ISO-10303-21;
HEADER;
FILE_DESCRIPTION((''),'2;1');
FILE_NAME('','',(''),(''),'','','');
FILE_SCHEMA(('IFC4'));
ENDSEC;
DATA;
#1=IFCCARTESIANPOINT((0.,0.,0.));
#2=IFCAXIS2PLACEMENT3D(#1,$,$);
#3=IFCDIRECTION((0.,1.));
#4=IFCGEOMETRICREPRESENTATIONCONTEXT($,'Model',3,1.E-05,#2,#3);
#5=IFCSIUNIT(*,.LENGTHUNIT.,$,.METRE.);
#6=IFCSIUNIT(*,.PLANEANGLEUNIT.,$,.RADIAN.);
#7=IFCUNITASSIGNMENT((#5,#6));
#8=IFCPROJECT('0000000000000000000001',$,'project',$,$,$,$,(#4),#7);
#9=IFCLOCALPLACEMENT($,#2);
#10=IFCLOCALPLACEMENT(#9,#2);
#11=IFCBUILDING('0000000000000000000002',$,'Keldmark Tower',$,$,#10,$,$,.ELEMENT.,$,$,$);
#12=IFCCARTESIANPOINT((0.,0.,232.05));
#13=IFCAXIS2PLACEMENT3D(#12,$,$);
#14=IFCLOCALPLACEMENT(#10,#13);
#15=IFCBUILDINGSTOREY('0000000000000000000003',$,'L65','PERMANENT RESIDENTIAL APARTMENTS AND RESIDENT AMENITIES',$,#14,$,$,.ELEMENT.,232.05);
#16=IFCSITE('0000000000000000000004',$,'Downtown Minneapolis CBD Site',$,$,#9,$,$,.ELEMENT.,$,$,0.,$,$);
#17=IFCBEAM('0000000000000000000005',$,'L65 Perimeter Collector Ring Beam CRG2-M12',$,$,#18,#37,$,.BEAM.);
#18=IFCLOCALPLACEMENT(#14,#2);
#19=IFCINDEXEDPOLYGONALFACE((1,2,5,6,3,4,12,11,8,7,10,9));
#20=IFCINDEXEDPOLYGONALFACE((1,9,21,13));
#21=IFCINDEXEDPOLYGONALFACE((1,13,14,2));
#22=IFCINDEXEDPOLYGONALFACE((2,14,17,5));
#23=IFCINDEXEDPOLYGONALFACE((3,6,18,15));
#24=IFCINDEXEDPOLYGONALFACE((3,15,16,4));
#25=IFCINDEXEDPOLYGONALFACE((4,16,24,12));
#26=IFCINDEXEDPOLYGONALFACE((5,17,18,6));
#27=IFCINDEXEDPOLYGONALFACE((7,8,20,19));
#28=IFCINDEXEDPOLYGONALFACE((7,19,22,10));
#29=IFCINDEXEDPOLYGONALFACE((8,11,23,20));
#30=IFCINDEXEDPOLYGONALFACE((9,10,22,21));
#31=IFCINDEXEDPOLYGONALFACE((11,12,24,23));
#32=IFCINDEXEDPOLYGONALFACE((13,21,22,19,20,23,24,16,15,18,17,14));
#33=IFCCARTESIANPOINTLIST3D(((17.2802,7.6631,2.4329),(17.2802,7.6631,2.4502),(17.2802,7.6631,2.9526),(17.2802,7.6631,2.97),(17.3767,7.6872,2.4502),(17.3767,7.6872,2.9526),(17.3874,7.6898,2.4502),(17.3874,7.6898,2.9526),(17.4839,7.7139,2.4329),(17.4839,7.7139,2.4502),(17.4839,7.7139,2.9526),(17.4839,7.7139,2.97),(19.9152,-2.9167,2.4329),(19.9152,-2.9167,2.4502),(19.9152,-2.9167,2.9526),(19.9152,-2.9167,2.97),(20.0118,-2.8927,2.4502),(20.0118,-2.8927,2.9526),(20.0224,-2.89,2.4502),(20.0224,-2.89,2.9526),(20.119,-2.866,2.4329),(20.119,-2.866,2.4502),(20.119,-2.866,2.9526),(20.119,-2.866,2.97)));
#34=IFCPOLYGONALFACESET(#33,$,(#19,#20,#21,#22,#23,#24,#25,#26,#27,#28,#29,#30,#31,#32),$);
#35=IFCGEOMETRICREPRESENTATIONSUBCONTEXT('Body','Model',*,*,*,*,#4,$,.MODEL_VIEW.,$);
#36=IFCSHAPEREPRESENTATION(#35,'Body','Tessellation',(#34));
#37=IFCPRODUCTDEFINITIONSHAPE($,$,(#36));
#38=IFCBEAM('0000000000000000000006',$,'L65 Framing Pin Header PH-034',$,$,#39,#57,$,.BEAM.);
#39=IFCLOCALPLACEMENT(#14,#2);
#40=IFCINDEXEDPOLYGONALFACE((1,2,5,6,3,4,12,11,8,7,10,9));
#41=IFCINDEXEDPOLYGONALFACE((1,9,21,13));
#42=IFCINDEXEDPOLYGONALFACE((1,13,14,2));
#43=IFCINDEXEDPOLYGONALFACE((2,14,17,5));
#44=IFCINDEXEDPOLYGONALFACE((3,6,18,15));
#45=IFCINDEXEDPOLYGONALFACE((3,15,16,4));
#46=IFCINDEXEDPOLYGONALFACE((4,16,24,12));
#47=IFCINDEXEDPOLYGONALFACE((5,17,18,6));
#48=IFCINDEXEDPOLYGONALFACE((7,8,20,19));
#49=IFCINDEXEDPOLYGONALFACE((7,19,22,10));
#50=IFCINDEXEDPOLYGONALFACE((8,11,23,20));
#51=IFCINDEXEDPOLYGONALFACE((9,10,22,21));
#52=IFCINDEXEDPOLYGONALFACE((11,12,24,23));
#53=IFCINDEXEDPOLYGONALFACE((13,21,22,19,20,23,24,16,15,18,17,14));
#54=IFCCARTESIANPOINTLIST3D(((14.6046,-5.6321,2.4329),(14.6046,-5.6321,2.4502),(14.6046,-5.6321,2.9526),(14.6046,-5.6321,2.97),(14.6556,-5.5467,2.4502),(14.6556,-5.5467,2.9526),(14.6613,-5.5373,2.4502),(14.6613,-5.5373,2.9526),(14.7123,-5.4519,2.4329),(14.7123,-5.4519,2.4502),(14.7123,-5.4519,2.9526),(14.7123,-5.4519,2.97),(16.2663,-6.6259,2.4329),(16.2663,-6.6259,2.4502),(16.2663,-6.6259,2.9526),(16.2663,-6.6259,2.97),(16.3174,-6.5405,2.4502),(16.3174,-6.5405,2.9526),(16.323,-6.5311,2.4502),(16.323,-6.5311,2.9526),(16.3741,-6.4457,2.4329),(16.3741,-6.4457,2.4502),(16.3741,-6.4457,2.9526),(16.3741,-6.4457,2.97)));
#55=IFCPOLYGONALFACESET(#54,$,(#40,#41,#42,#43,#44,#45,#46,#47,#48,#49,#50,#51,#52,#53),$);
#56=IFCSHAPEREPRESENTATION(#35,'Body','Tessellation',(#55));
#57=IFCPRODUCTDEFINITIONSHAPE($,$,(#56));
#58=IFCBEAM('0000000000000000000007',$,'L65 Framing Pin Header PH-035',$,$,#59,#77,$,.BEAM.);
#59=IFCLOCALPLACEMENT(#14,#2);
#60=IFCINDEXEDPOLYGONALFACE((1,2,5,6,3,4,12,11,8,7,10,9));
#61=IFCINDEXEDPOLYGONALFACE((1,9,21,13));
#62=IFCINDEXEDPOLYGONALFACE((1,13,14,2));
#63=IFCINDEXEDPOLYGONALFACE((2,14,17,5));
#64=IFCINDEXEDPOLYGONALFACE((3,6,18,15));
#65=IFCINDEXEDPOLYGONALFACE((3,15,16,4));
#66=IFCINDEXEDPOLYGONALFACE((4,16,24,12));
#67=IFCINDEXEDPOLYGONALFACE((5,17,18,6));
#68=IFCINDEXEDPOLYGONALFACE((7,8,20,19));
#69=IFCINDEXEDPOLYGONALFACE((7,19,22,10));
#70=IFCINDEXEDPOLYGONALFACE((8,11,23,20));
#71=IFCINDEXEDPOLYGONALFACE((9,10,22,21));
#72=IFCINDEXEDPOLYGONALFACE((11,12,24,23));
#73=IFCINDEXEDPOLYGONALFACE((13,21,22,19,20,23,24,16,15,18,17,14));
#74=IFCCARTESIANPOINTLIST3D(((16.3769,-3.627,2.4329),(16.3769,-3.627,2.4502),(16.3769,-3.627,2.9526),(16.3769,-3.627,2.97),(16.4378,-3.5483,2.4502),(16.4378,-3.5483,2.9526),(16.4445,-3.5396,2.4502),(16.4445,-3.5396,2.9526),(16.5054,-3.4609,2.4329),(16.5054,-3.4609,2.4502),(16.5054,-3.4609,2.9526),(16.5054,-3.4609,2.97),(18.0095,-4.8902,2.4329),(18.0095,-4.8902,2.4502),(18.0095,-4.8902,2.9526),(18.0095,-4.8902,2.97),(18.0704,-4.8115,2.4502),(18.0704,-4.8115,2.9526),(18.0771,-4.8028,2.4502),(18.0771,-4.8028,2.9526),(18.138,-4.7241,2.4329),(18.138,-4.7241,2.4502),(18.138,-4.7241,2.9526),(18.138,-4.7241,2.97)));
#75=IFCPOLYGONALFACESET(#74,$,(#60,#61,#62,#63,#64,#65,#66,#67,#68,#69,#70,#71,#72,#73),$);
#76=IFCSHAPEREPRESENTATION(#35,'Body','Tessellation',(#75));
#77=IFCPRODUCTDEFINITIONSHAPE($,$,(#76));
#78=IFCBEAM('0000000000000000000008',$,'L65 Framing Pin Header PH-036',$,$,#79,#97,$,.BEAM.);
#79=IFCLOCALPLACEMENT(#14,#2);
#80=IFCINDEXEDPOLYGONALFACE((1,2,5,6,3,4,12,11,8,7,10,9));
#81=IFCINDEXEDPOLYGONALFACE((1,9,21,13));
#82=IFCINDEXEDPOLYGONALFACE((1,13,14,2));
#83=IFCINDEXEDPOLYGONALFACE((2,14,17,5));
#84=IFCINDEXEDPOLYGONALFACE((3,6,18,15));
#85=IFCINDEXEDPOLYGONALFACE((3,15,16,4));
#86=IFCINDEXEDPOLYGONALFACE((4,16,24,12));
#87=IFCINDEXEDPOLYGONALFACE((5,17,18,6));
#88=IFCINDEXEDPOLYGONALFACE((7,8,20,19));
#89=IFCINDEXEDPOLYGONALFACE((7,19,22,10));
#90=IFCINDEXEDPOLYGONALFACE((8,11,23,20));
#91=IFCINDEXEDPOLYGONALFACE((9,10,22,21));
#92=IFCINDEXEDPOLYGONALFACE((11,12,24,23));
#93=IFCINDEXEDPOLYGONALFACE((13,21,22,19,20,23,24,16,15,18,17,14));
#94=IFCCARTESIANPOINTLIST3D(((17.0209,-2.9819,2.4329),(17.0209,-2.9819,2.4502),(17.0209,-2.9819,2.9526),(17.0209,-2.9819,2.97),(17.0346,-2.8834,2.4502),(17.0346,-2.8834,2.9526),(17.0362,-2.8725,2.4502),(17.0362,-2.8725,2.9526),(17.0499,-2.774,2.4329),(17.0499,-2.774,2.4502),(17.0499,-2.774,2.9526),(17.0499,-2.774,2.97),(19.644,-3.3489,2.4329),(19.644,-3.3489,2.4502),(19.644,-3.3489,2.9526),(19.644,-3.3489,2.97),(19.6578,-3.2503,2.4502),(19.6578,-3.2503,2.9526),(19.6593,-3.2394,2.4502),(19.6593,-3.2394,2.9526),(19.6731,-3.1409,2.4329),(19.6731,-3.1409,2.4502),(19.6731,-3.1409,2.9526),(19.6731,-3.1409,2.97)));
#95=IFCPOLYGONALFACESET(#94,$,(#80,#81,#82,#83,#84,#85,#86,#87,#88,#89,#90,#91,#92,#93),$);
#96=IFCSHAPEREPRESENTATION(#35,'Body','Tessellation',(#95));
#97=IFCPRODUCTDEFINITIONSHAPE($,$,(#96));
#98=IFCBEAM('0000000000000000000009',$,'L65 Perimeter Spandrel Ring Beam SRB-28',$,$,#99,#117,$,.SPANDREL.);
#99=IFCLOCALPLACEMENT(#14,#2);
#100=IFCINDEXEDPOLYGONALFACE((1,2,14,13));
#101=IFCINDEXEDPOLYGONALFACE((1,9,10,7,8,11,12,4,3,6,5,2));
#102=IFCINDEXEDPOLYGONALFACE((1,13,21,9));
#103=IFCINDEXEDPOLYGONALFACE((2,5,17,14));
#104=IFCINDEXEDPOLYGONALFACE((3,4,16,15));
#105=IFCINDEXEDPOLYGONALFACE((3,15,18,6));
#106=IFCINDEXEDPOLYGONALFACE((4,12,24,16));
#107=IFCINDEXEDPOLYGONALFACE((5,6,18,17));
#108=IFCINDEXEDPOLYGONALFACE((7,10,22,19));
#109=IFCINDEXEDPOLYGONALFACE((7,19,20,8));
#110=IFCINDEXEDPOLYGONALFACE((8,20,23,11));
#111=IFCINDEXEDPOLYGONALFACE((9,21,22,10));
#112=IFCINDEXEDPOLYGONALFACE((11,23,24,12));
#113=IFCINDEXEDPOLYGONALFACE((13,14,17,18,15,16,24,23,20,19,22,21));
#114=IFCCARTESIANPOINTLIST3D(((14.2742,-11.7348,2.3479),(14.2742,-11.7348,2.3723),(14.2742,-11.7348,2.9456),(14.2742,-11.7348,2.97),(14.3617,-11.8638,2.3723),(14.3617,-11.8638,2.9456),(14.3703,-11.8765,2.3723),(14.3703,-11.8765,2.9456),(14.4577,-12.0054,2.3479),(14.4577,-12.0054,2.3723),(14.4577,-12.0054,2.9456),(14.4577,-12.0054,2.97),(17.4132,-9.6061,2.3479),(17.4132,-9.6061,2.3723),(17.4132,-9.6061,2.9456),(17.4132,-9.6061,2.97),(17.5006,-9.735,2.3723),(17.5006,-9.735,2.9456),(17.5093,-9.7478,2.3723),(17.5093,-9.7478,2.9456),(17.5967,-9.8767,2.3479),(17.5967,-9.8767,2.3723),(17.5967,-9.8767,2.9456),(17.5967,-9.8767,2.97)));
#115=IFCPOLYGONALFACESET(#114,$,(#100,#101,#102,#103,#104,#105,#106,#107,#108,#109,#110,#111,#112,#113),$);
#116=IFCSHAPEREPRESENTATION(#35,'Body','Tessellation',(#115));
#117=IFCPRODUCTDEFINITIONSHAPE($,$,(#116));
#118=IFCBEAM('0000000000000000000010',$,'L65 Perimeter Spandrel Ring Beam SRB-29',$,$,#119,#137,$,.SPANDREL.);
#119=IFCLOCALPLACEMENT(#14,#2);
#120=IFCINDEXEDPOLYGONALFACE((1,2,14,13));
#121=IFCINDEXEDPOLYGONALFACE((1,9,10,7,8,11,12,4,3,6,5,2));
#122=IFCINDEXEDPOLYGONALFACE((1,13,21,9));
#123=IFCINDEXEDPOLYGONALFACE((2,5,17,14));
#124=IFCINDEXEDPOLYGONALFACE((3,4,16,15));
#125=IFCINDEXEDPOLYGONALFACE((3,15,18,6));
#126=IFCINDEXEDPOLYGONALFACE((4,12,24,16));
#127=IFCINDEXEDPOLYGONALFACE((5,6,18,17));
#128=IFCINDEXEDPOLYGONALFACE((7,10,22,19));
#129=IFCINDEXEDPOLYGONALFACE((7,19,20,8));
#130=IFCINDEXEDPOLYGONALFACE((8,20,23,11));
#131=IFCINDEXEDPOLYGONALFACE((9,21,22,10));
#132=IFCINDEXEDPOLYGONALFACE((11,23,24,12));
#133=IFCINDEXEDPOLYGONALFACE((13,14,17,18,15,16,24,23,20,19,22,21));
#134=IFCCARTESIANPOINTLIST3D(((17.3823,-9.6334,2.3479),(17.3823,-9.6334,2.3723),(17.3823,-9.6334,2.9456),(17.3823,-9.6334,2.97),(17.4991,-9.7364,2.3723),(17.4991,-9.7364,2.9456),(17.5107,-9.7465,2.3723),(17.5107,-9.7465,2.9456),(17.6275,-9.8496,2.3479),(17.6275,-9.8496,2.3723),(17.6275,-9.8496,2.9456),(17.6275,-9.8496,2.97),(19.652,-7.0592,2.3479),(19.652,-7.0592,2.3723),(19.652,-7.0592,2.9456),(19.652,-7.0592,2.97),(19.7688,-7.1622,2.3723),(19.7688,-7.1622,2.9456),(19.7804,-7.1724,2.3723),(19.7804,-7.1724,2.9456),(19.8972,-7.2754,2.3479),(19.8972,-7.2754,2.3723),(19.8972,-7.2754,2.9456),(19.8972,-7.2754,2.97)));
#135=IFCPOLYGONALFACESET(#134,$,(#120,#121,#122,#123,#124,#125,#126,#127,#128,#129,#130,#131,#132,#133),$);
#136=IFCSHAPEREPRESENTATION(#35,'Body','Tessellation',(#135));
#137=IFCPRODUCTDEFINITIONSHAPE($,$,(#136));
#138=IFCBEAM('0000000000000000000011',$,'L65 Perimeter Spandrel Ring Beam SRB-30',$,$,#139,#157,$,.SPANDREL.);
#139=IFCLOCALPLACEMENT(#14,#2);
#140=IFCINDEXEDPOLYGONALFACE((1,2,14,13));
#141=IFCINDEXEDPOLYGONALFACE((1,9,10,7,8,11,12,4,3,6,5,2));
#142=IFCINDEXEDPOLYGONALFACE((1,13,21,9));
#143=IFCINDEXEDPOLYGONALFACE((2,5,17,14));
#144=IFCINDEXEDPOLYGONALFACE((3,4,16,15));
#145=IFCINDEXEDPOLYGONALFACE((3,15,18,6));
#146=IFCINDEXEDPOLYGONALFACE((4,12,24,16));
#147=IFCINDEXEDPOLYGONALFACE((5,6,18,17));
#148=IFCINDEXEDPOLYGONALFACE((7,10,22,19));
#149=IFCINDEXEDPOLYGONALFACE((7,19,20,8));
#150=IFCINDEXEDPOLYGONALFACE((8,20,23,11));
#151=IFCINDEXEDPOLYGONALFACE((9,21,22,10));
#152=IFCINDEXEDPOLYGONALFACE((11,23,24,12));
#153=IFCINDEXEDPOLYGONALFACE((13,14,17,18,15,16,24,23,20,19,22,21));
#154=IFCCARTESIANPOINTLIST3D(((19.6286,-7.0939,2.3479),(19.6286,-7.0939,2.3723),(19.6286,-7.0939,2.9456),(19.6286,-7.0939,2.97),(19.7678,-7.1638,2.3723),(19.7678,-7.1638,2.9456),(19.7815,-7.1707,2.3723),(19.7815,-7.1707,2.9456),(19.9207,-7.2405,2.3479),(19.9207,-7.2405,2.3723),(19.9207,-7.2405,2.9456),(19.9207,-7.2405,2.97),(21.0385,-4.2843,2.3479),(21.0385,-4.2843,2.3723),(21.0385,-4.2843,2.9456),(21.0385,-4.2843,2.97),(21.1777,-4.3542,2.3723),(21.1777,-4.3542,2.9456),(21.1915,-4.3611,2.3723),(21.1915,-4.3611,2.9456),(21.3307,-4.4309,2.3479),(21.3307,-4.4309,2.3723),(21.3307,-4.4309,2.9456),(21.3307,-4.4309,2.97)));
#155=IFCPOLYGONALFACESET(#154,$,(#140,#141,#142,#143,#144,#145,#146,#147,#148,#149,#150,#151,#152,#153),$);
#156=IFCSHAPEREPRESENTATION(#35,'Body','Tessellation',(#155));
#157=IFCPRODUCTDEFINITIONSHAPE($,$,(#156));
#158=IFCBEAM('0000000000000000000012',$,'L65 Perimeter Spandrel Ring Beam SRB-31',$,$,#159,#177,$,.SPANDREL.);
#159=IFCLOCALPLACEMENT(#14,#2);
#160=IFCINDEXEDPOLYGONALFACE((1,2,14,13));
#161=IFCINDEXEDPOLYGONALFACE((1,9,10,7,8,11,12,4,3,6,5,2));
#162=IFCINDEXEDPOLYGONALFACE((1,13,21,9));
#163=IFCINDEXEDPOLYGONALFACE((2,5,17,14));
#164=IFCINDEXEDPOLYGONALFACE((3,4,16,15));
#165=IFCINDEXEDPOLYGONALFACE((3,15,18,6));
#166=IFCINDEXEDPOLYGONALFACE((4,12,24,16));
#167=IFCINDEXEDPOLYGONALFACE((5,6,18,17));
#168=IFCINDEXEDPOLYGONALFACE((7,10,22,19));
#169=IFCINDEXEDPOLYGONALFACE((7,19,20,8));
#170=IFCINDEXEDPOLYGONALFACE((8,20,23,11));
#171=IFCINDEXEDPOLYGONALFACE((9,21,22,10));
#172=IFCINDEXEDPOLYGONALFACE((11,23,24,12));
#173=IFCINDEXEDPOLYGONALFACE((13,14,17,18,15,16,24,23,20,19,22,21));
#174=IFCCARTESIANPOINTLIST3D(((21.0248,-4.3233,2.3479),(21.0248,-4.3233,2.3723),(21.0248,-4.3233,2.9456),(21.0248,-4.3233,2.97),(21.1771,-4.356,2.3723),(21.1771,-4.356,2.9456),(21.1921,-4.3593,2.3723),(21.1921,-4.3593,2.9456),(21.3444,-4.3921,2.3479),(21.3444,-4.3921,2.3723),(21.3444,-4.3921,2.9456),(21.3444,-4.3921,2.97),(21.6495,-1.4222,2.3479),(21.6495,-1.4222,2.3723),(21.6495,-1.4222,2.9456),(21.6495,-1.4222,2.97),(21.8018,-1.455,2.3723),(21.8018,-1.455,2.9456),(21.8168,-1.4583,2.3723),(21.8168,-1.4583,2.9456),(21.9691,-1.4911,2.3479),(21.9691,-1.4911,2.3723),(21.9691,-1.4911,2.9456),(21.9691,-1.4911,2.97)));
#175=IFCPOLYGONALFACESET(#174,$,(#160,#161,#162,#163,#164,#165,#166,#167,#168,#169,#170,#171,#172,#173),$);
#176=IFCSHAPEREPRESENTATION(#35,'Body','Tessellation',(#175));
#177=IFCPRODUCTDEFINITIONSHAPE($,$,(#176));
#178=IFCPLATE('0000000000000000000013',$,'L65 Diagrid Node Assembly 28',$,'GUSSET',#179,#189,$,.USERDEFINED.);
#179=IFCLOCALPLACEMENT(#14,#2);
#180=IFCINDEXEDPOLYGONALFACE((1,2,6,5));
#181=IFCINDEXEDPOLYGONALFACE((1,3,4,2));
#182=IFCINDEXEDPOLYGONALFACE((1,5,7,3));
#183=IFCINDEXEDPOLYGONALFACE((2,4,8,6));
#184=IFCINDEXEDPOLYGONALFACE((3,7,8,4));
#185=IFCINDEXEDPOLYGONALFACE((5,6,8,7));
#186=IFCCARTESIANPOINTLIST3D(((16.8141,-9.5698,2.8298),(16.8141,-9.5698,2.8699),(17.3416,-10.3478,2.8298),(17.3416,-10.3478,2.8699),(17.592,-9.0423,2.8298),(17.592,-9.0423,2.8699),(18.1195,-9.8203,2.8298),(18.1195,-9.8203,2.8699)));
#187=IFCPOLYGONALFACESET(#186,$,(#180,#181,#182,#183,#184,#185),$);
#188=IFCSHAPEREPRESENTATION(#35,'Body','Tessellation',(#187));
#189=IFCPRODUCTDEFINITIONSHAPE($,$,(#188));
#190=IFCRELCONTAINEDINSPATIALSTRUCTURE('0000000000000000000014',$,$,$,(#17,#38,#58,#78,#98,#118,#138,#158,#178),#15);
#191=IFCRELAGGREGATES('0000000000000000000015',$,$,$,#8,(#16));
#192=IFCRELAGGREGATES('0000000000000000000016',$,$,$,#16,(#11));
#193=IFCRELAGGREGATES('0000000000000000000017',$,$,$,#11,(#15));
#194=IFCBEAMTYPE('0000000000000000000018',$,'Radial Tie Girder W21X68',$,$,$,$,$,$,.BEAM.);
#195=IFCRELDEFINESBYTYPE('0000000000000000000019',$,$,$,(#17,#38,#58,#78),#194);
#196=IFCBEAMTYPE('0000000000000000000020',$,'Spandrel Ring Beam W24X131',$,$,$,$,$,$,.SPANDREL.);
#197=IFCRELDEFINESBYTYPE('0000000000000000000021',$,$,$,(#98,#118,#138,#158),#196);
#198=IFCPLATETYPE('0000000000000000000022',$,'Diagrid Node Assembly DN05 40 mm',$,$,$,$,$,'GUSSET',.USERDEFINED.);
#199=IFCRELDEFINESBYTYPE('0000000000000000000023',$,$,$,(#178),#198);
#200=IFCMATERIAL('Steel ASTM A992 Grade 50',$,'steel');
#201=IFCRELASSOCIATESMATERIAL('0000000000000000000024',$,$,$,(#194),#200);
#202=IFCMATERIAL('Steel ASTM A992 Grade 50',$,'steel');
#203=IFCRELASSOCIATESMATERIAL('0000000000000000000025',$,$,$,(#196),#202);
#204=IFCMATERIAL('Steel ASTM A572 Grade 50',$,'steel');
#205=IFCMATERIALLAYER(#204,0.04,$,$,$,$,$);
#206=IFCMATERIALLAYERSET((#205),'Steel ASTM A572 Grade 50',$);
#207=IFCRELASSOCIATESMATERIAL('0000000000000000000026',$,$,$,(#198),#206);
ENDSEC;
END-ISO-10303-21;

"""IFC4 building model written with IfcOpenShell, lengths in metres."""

from ifc_helpers import new_model, si_unit, direction, frame, origin, origin_2d, place, context, subcontext, project, spatial, rectangle, i_section, extrude, material, layer, layer_set, material_profile, profile_set, type_object, element, save


model = new_model("IFC4")

# Units and contexts
model_context = context("Model", 3, precision=1e-05, world=origin(), true_north=direction((0.0, 1.0)))
body_context = subcontext(model_context, "Body", "Model", "MODEL_VIEW")
ifc_project = project(units=[si_unit("LENGTHUNIT", "METRE"), si_unit("PLANEANGLEUNIT", "RADIAN")], contexts=[model_context])

# Site, building, storey
site_placement = place(None, origin())
site = spatial("IfcSite", under=ifc_project, at=site_placement, Name="Downtown Minneapolis CBD Site", CompositionType="ELEMENT", RefElevation=0.0)
building_placement = place(site_placement, origin())
building = spatial("IfcBuilding", under=site, at=building_placement, Name="Keldmark Tower", CompositionType="ELEMENT")
storey_placement = place(building_placement, frame((0.0, 0.0, 232.05)))
storey = spatial("IfcBuildingStorey", under=building, at=storey_placement, Name="L65", Description="PERMANENT RESIDENTIAL APARTMENTS AND RESIDENT AMENITIES", CompositionType="ELEMENT", Elevation=232.05)

# Beams
ifc_material_1 = material(Name="Steel ASTM A992 Grade 50", Category="steel")
ifc_material_profile_1 = material_profile(ifc_material_1, i_section(OverallWidth=0.21, OverallDepth=0.5371, WebThickness=0.011, FlangeThickness=0.0173, at=origin_2d()), Name="W21X68")
ifc_profile_set_1 = profile_set([ifc_material_profile_1], Name="Steel ASTM A992 Grade 50")
beam_type_1 = type_object("IfcBeamType", Name="Radial Tie Girder W21X68", PredefinedType="BEAM", material=ifc_profile_set_1)
beam_1_placement = place(storey_placement, frame((20.0171, -2.8914, 2.7014), z_axis=(-0.241677, 0.970357, 0.0), x_axis=(-0.970357, -0.241677, 0.0)))
element("IfcBeam", 1, at=beam_1_placement, inside=storey, type_object=beam_type_1, Name="L65 Perimeter Collector Ring Beam CRG2-M12", PredefinedType="BEAM", context=body_context, shape_type="SweptSolid", body=[
    extrude(i_section(OverallWidth=0.21, OverallDepth=0.5371, WebThickness=0.011, FlangeThickness=0.0173, at=origin_2d()), origin(), (0.0, 0.0, 1.0), 10.9031),
])
beam_2_placement = place(storey_placement, frame((14.6584, -5.542, 2.7014), z_axis=(0.858226, -0.513272, 0.0), x_axis=(0.513272, 0.858226, 0.0)))
element("IfcBeam", 2, at=beam_2_placement, inside=storey, type_object=beam_type_1, Name="L65 Framing Pin Header PH-034", PredefinedType="BEAM", context=body_context, shape_type="SweptSolid", body=[
    extrude(i_section(OverallWidth=0.21, OverallDepth=0.5371, WebThickness=0.011, FlangeThickness=0.0173, at=origin_2d()), origin(), (0.0, 0.0, 1.0), 1.9363),
])
beam_3_placement = place(storey_placement, frame((16.4412, -3.5439, 2.7014), z_axis=(0.790897, -0.611949, 0.0), x_axis=(0.611949, 0.790897, 0.0)))
element("IfcBeam", 3, at=beam_3_placement, inside=storey, type_object=beam_type_1, Name="L65 Framing Pin Header PH-035", PredefinedType="BEAM", context=body_context, shape_type="SweptSolid", body=[
    extrude(i_section(OverallWidth=0.21, OverallDepth=0.5371, WebThickness=0.011, FlangeThickness=0.0173, at=origin_2d()), origin(), (0.0, 0.0, 1.0), 2.0642),
])
beam_4_placement = place(storey_placement, frame((17.0354, -2.8779, 2.7014), z_axis=(0.990356, -0.138543, 0.0), x_axis=(0.138543, 0.990356, 0.0)))
element("IfcBeam", 4, at=beam_4_placement, inside=storey, type_object=beam_type_1, Name="L65 Framing Pin Header PH-036", PredefinedType="BEAM", context=body_context, shape_type="SweptSolid", body=[
    extrude(i_section(OverallWidth=0.21, OverallDepth=0.5371, WebThickness=0.011, FlangeThickness=0.0173, at=origin_2d()), origin(), (0.0, 0.0, 1.0), 2.6487),
])
ifc_material_2 = material(Name="Steel ASTM A992 Grade 50", Category="steel")
ifc_material_profile_2 = material_profile(ifc_material_2, i_section(OverallWidth=0.3269, OverallDepth=0.6221, WebThickness=0.0154, FlangeThickness=0.0244, at=origin_2d()), Name="W24X131")
ifc_profile_set_2 = profile_set([ifc_material_profile_2], Name="Steel ASTM A992 Grade 50")
beam_type_2 = type_object("IfcBeamType", Name="Spandrel Ring Beam W24X131", PredefinedType="SPANDREL", material=ifc_profile_set_2)
beam_5_placement = place(storey_placement, frame((14.366, -11.8701, 2.6589), z_axis=(0.827637, 0.561264, 0.0), x_axis=(-0.561264, 0.827637, 0.0)))
element("IfcBeam", 5, at=beam_5_placement, inside=storey, type_object=beam_type_2, Name="L65 Perimeter Spandrel Ring Beam SRB-28", PredefinedType="SPANDREL", context=body_context, shape_type="SweptSolid", body=[
    extrude(i_section(OverallWidth=0.3269, OverallDepth=0.6221, WebThickness=0.0154, FlangeThickness=0.0244, at=origin_2d()), origin(), (0.0, 0.0, 1.0), 3.7927),
])
beam_6_placement = place(storey_placement, frame((17.5049, -9.7415, 2.6589), z_axis=(0.66136, 0.750068, 0.0), x_axis=(-0.750068, 0.66136, 0.0)))
element("IfcBeam", 6, at=beam_6_placement, inside=storey, type_object=beam_type_2, Name="L65 Perimeter Spandrel Ring Beam SRB-29", PredefinedType="SPANDREL", context=body_context, shape_type="SweptSolid", body=[
    extrude(i_section(OverallWidth=0.3269, OverallDepth=0.6221, WebThickness=0.0154, FlangeThickness=0.0244, at=origin_2d()), origin(), (0.0, 0.0, 1.0), 3.4319),
])
beam_7_placement = place(storey_placement, frame((19.7747, -7.1672, 2.6589), z_axis=(0.448518, 0.893774, 0.0), x_axis=(-0.893774, 0.448518, 0.0)))
element("IfcBeam", 7, at=beam_7_placement, inside=storey, type_object=beam_type_2, Name="L65 Perimeter Spandrel Ring Beam SRB-30", PredefinedType="SPANDREL", context=body_context, shape_type="SweptSolid", body=[
    extrude(i_section(OverallWidth=0.3269, OverallDepth=0.6221, WebThickness=0.0154, FlangeThickness=0.0244, at=origin_2d()), origin(), (0.0, 0.0, 1.0), 3.1436),
])
beam_8_placement = place(storey_placement, frame((21.1846, -4.3577, 2.6589), z_axis=(0.210523, 0.977589, 0.0), x_axis=(-0.977589, 0.210523, 0.0)))
element("IfcBeam", 8, at=beam_8_placement, inside=storey, type_object=beam_type_2, Name="L65 Perimeter Spandrel Ring Beam SRB-31", PredefinedType="SPANDREL", context=body_context, shape_type="SweptSolid", body=[
    extrude(i_section(OverallWidth=0.3269, OverallDepth=0.6221, WebThickness=0.0154, FlangeThickness=0.0244, at=origin_2d()), origin(), (0.0, 0.0, 1.0), 2.9675),
])

# Plate
ifc_material_3 = material(Name="Steel ASTM A572 Grade 50", Category="steel")
ifc_layer_1 = layer(ifc_material_3, 0.04)
ifc_layer_set_1 = layer_set([ifc_layer_1], Name="Steel ASTM A572 Grade 50")
plate_type = type_object("IfcPlateType", Name="Diagrid Node Assembly DN05 40 mm", ElementType="GUSSET", PredefinedType="USERDEFINED", material=ifc_layer_set_1)
for number, where, z_axis, x_axis, name in (
    (9, (17.4668, -9.6951, 2.8298), (0.0, 0.0, 1.0), (0.827669, 0.561217, 0.0), "L65 Diagrid Node Assembly 28"),
):
    element("IfcPlate", number, at=place(storey_placement, frame(where, z_axis=z_axis, x_axis=x_axis)), inside=storey, type_object=plate_type, Name=name, ObjectType="GUSSET", PredefinedType="USERDEFINED", context=body_context, shape_type="SweptSolid", body=[
        extrude(rectangle(XDim=0.9399, YDim=0.9399, at=origin_2d()), origin(), (0.0, 0.0, 1.0), 0.04),
    ])

save(model, "model.ifc")
